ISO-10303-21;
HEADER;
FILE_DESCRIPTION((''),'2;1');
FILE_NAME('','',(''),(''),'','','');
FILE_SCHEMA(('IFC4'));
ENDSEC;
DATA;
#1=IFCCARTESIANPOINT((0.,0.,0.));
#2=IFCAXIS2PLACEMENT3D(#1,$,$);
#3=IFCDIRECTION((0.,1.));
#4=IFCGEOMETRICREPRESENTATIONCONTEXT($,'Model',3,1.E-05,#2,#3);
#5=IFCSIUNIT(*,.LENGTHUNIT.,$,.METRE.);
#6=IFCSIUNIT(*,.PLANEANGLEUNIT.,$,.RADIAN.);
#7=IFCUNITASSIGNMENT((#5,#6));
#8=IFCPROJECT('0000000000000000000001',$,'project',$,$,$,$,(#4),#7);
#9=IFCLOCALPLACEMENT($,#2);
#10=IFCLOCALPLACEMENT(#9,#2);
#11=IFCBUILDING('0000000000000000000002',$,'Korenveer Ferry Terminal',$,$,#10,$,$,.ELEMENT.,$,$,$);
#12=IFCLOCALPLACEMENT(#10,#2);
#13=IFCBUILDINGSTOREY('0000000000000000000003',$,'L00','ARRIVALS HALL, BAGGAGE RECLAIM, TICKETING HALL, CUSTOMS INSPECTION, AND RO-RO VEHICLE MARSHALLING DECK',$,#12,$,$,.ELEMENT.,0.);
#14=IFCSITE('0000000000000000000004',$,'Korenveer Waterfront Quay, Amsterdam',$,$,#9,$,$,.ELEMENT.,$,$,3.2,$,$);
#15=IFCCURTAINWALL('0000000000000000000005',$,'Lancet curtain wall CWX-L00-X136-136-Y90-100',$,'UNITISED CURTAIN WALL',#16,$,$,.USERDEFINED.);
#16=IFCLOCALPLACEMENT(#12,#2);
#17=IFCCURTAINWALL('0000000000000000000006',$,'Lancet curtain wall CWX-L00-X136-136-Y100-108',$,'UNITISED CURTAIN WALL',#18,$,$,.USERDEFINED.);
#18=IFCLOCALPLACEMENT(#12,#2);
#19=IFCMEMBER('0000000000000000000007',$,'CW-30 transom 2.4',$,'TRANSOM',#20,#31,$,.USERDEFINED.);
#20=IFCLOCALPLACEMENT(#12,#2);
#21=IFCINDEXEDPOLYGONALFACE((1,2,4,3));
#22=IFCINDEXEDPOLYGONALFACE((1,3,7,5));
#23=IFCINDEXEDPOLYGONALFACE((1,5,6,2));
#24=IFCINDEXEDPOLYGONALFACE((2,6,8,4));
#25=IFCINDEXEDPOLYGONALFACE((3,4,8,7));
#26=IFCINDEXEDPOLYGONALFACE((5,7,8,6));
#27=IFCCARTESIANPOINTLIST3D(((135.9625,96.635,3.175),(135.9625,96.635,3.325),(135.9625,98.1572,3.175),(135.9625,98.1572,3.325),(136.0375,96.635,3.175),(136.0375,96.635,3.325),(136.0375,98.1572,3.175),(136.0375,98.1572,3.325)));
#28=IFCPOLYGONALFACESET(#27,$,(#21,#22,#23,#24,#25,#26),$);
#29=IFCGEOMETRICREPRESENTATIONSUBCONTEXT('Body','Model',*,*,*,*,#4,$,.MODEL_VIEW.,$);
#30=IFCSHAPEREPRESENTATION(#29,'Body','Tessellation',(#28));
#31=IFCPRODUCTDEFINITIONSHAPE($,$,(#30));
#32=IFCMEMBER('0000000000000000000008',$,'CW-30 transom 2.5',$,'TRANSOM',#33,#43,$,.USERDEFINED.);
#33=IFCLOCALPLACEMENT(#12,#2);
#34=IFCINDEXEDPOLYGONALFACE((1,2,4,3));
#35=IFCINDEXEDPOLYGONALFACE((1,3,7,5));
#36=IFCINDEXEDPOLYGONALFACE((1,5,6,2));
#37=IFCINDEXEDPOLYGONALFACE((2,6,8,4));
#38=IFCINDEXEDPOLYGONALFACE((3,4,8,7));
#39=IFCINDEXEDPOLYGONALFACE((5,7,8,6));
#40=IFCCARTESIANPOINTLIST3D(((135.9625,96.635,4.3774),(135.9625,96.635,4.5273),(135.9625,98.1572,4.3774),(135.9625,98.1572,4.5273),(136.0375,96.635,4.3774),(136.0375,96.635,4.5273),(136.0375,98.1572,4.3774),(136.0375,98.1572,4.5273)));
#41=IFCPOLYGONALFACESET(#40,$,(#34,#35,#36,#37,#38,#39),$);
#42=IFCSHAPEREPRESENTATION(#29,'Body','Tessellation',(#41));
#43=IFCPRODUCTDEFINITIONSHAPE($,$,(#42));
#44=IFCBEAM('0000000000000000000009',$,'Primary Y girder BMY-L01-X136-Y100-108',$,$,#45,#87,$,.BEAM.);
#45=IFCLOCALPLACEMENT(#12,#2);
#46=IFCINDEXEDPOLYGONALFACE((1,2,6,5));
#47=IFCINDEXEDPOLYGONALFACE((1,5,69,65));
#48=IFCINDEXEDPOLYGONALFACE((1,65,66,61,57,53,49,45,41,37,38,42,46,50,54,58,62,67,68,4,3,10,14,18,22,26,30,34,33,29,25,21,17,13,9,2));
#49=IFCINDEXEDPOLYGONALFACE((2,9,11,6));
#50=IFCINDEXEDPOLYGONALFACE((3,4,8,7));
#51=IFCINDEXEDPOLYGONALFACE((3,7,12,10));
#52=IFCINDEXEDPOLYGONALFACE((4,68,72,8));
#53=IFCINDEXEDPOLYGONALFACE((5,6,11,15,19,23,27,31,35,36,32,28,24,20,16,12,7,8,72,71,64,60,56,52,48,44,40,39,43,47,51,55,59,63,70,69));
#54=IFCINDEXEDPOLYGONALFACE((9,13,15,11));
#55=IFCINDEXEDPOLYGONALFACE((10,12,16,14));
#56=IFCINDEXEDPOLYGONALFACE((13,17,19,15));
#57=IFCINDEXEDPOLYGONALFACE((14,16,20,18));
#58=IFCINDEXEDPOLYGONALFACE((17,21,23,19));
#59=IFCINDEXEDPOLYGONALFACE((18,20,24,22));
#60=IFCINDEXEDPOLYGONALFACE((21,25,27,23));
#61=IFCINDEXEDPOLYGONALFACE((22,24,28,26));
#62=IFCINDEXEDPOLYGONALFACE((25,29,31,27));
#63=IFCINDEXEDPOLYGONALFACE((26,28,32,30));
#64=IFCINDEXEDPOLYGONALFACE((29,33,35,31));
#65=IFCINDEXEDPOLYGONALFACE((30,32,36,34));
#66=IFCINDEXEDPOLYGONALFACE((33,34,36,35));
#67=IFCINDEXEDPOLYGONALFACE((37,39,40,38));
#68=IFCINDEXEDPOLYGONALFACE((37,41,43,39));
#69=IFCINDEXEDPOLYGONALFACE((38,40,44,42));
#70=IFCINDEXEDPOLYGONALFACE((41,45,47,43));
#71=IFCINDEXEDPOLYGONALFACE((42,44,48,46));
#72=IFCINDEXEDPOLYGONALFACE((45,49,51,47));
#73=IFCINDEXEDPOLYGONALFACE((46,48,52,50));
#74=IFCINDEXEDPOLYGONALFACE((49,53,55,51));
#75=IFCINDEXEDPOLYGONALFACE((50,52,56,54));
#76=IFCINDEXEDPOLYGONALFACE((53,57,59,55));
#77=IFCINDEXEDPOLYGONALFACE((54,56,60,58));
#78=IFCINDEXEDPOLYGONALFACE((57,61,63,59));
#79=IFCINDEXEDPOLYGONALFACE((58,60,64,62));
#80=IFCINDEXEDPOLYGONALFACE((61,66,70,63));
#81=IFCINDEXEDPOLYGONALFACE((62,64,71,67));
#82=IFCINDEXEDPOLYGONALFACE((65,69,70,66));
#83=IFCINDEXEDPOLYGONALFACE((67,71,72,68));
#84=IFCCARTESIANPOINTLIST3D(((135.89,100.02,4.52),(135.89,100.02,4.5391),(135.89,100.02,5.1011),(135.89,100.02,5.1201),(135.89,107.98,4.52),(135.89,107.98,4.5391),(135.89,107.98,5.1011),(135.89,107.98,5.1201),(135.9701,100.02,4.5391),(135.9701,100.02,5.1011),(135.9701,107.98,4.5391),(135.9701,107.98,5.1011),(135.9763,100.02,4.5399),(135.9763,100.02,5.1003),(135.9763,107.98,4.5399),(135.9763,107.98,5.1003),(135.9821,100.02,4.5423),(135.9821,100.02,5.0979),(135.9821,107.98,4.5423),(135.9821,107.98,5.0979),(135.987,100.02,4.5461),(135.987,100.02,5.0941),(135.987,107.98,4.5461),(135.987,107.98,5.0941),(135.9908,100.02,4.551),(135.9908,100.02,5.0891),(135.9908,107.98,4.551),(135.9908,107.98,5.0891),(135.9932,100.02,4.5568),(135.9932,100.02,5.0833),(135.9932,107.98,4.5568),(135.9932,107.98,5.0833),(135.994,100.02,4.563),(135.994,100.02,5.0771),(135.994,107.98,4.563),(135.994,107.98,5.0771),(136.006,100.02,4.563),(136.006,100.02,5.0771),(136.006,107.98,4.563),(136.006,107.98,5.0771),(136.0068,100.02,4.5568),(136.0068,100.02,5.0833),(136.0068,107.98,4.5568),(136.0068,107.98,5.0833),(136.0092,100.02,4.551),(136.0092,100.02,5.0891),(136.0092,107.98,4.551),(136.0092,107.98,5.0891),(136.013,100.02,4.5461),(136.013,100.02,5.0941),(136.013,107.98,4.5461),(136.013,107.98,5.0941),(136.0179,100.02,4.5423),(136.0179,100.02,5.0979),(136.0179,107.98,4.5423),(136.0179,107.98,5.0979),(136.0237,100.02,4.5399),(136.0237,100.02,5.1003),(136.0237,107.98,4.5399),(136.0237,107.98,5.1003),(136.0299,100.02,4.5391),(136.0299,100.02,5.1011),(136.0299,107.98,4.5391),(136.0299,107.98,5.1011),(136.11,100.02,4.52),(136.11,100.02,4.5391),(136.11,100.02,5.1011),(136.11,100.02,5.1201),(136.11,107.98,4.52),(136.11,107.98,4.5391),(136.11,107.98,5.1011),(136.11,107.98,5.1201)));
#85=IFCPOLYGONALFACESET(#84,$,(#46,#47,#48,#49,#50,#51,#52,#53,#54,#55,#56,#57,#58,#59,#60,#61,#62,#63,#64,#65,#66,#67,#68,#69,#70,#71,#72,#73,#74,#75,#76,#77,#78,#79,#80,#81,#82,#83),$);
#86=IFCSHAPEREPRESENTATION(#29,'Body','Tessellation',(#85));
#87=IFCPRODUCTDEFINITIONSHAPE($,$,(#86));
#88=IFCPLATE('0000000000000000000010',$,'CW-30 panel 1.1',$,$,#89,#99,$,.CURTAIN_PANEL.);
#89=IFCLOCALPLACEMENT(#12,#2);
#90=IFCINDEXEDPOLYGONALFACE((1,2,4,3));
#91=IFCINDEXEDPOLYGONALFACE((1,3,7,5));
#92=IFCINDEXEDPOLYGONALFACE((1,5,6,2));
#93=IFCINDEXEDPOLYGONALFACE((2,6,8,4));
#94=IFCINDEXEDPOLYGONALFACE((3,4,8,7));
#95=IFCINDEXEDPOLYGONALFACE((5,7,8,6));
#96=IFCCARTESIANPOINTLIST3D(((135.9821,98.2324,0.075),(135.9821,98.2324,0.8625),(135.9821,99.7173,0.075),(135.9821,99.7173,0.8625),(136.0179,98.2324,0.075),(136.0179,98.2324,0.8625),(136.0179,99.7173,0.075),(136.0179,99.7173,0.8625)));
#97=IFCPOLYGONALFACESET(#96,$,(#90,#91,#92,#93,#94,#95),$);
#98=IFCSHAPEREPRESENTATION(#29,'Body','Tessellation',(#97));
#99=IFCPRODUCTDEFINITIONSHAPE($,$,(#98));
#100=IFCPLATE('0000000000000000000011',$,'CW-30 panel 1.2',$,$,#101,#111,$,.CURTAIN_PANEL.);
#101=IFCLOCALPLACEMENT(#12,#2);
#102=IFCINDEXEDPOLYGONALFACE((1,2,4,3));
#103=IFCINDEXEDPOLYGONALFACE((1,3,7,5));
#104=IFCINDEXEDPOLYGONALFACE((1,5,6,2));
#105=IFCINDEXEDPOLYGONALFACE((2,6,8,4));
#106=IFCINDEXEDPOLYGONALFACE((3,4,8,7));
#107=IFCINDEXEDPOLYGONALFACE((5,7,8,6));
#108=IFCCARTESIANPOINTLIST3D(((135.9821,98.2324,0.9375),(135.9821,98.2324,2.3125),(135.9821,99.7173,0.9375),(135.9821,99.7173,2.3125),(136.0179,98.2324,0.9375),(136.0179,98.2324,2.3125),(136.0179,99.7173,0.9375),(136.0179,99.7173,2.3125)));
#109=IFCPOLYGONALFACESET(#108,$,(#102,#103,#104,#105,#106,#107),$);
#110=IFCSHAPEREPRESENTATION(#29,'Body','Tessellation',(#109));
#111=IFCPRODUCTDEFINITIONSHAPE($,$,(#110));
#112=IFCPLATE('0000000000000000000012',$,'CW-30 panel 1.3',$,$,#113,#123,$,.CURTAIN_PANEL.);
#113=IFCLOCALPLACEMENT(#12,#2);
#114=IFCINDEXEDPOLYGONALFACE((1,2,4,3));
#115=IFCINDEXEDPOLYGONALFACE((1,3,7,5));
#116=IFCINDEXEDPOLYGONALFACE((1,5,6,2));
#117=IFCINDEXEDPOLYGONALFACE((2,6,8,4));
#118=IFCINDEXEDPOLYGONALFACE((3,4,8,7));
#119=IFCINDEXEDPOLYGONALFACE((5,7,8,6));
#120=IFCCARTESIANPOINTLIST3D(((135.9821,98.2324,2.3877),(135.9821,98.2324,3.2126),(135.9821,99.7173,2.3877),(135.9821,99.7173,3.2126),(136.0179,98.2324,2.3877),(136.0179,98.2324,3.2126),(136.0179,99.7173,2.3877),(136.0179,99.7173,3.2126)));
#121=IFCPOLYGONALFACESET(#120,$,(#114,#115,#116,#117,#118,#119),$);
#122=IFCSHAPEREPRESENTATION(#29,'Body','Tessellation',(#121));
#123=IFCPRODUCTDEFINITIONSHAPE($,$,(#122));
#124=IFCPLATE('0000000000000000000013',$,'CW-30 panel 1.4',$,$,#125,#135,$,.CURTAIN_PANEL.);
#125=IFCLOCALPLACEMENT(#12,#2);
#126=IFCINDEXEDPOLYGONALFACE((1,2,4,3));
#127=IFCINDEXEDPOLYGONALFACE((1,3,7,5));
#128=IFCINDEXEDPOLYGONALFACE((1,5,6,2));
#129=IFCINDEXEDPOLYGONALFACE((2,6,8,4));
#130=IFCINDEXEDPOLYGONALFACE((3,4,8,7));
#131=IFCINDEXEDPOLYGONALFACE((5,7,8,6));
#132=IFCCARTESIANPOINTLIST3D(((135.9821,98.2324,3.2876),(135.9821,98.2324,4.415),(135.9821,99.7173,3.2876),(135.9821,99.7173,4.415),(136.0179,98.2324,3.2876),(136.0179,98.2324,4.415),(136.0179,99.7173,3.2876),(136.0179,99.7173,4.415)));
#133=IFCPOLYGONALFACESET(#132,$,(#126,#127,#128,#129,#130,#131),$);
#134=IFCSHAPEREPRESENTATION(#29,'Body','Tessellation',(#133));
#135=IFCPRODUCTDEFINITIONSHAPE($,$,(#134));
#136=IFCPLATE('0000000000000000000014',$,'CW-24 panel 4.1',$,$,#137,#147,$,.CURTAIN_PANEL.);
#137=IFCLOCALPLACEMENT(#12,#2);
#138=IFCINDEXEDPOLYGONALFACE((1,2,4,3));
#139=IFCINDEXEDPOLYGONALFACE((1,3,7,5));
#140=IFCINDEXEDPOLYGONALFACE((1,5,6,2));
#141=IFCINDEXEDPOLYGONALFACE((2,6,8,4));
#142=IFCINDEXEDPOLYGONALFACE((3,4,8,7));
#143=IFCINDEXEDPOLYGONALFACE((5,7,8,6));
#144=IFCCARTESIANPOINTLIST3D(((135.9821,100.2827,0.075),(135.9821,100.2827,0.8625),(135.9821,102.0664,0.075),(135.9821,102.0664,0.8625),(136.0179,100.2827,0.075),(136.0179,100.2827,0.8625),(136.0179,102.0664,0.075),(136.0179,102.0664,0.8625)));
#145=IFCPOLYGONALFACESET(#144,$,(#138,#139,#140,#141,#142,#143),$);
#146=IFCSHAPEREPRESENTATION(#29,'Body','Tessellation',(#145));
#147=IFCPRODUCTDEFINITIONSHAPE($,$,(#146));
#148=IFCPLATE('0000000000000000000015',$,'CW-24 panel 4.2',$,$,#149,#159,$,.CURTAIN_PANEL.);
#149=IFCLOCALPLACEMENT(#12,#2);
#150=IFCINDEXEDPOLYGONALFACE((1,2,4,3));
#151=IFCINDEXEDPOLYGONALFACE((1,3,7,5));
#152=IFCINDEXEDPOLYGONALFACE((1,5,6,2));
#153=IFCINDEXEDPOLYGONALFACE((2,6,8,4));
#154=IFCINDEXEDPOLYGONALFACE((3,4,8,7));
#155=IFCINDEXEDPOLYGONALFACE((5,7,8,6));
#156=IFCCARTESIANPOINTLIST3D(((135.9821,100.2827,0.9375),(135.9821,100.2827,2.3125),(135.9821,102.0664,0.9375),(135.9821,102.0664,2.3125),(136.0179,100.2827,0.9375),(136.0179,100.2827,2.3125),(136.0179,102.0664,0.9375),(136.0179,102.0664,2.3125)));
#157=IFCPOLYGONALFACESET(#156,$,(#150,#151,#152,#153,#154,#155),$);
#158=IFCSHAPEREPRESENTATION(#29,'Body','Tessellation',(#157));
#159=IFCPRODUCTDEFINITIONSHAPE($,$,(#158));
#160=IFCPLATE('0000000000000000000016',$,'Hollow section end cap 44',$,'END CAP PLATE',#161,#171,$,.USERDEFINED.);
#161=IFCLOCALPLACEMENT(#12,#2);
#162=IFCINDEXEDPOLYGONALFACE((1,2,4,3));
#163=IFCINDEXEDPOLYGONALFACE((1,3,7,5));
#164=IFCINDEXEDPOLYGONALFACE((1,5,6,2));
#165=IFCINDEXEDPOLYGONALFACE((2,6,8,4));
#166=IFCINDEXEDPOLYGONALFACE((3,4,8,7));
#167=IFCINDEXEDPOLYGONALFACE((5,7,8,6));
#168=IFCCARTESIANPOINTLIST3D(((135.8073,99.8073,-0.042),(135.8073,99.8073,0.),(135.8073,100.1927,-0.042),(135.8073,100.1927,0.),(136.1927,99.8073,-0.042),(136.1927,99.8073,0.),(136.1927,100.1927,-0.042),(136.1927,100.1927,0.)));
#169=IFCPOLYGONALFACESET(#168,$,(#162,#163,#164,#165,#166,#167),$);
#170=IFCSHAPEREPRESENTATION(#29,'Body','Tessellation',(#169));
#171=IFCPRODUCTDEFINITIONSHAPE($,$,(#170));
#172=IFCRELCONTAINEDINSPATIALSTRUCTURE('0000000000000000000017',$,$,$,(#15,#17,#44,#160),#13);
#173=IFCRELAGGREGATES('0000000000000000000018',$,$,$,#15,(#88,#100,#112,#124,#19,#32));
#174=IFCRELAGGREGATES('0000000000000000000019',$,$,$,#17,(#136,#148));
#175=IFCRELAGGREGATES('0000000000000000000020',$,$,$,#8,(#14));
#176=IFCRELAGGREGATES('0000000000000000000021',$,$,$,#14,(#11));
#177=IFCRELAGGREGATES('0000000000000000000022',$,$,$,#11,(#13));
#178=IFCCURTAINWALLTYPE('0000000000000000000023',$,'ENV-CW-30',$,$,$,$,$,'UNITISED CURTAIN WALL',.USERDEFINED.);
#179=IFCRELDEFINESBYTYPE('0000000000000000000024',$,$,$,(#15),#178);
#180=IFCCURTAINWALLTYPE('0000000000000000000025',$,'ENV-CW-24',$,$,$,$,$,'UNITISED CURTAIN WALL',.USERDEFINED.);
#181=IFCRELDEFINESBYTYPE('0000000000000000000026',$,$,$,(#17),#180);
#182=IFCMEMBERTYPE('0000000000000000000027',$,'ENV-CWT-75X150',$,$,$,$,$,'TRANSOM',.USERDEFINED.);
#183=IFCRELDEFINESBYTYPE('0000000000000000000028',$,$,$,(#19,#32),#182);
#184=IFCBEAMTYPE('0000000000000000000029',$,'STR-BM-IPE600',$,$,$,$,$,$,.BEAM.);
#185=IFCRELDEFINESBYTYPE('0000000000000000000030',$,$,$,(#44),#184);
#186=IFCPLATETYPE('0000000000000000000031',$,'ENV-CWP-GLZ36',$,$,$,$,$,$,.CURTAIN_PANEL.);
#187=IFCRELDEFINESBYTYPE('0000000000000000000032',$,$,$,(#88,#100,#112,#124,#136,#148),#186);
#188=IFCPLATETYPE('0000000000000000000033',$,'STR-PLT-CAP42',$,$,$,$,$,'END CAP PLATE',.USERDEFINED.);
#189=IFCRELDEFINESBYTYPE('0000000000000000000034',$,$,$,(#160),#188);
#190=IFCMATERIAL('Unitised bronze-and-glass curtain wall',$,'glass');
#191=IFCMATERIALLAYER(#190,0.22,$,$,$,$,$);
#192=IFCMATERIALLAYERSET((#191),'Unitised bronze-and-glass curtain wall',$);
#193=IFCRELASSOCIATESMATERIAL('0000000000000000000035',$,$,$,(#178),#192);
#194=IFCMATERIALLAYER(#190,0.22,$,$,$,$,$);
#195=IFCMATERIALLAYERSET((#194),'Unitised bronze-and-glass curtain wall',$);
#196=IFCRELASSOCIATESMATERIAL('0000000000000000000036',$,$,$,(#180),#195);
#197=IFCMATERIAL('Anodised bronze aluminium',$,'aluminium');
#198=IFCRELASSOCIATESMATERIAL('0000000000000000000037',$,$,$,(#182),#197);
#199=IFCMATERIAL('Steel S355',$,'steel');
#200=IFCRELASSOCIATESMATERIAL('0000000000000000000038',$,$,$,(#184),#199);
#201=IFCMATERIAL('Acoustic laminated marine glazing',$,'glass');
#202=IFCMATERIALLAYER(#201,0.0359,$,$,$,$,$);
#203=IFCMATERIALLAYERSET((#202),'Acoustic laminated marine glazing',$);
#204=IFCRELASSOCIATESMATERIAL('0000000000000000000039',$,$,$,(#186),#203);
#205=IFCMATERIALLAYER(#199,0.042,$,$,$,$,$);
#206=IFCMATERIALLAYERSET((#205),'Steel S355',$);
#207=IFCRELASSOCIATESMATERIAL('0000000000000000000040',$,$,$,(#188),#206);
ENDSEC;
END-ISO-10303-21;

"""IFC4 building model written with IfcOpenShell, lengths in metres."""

from ifc_helpers import new_model, si_unit, direction, frame, origin, origin_2d, place, context, subcontext, project, spatial, rectangle, i_section, extrude, material, layer, layer_set, material_profile, profile_set, type_object, element, aggregate, save


model = new_model("IFC4")

# Units and contexts
model_context = context("Model", 3, precision=1e-05, world=origin(), true_north=direction((0.0, 1.0)))
body_context = subcontext(model_context, "Body", "Model", "MODEL_VIEW")
ifc_project = project(units=[si_unit("LENGTHUNIT", "METRE"), si_unit("PLANEANGLEUNIT", "RADIAN")], contexts=[model_context])

# Site, building, storey
site_placement = place(None, origin())
site = spatial("IfcSite", under=ifc_project, at=site_placement, Name="Korenveer Waterfront Quay, Amsterdam", CompositionType="ELEMENT", RefElevation=3.2)
building_placement = place(site_placement, origin())
building = spatial("IfcBuilding", under=site, at=building_placement, Name="Korenveer Ferry Terminal", CompositionType="ELEMENT")
storey_placement = place(building_placement, origin())
storey = spatial("IfcBuildingStorey", under=building, at=storey_placement, Name="L00", Description="ARRIVALS HALL, BAGGAGE RECLAIM, TICKETING HALL, CUSTOMS INSPECTION, AND RO-RO VEHICLE MARSHALLING DECK", CompositionType="ELEMENT", Elevation=0.0)

# Shared definitions
ifc_material_1 = material(Name="Steel S355", Category="steel")

# Curtain wall
ifc_material_2 = material(Name="Unitised bronze-and-glass curtain wall", Category="glass")
ifc_layer_1 = layer(ifc_material_2, 0.22)
ifc_layer_set_1 = layer_set([ifc_layer_1], Name="Unitised bronze-and-glass curtain wall")
curtain_wall_type_1 = type_object("IfcCurtainWallType", Name="ENV-CW-30", ElementType="UNITISED CURTAIN WALL", PredefinedType="USERDEFINED", material=ifc_layer_set_1)
curtain_wall_1_placement = place(storey_placement, frame((136.0, 99.7922, 0.0)))
curtain_wall_1 = element("IfcCurtainWall", 1, at=curtain_wall_1_placement, inside=storey, type_object=curtain_wall_type_1, Name="Lancet curtain wall CWX-L00-X136-136-Y90-100", ObjectType="UNITISED CURTAIN WALL", PredefinedType="USERDEFINED")
ifc_material_3 = material(Name="Anodised bronze aluminium", Category="aluminium")

# Curtain wall
ifc_layer_2 = layer(ifc_material_2, 0.22)
ifc_layer_set_2 = layer_set([ifc_layer_2], Name="Unitised bronze-and-glass curtain wall")
curtain_wall_type_2 = type_object("IfcCurtainWallType", Name="ENV-CW-24", ElementType="UNITISED CURTAIN WALL", PredefinedType="USERDEFINED", material=ifc_layer_set_2)
curtain_wall_2_placement = place(storey_placement, frame((136.0, 107.7922, 0.0)))
curtain_wall_2 = element("IfcCurtainWall", 2, at=curtain_wall_2_placement, inside=storey, type_object=curtain_wall_type_2, Name="Lancet curtain wall CWX-L00-X136-136-Y100-108", ObjectType="UNITISED CURTAIN WALL", PredefinedType="USERDEFINED")

# Members
ifc_material_profile_1 = material_profile(ifc_material_3, rectangle(XDim=0.075, YDim=0.1499, at=origin_2d()), Name="ALU 75x150")
ifc_profile_set_1 = profile_set([ifc_material_profile_1], Name="Anodised bronze aluminium")
member_type_1 = type_object("IfcMemberType", Name="ENV-CWT-75X150", ElementType="TRANSOM", PredefinedType="USERDEFINED", material=ifc_profile_set_1)
member_1_placement = place(storey_placement, frame((136.0, 98.1572, 3.25), z_axis=(0.0, -1.0, 0.0), x_axis=(1.0, 0.0, 0.0)))
member_1 = element("IfcMember", 3, at=member_1_placement, type_object=member_type_1, Name="CW-30 transom 2.4", ObjectType="TRANSOM", PredefinedType="USERDEFINED", context=body_context, shape_type="SweptSolid", body=[
    extrude(rectangle(XDim=0.075, YDim=0.1499, at=origin_2d()), origin(), (0.0, 0.0, 1.0), 1.5222),
])
member_2_placement = place(storey_placement, frame((136.0, 98.1572, 4.4524), z_axis=(0.0, -1.0, 0.0), x_axis=(1.0, 0.0, 0.0)))
member_2 = element("IfcMember", 4, at=member_2_placement, type_object=member_type_1, Name="CW-30 transom 2.5", ObjectType="TRANSOM", PredefinedType="USERDEFINED", context=body_context, shape_type="SweptSolid", body=[
    extrude(rectangle(XDim=0.075, YDim=0.1499, at=origin_2d()), origin(), (0.0, 0.0, 1.0), 1.5222),
])

# Beam
ifc_material_profile_2 = material_profile(ifc_material_1, i_section(OverallWidth=0.22, OverallDepth=0.6001, WebThickness=0.012, FlangeThickness=0.019, FilletRadius=0.0239, at=origin_2d()), Name="IPE 600")
ifc_profile_set_2 = profile_set([ifc_material_profile_2], Name="Steel S355")
beam_type = type_object("IfcBeamType", Name="STR-BM-IPE600", PredefinedType="BEAM", material=ifc_profile_set_2)
beam_placement = place(storey_placement, frame((136.0, 100.02, 4.8201), z_axis=(0.0, 1.0, 0.0), x_axis=(-1.0, 0.0, 0.0)))
element("IfcBeam", 5, at=beam_placement, inside=storey, type_object=beam_type, Name="Primary Y girder BMY-L01-X136-Y100-108", PredefinedType="BEAM", context=body_context, shape_type="SweptSolid", body=[
    extrude(i_section(OverallWidth=0.22, OverallDepth=0.6001, WebThickness=0.012, FlangeThickness=0.019, FilletRadius=0.0239, at=origin_2d()), origin(), (0.0, 0.0, 1.0), 7.96),
])

# Plates
ifc_material_4 = material(Name="Acoustic laminated marine glazing", Category="glass")
ifc_layer_3 = layer(ifc_material_4, 0.0359)
ifc_layer_set_3 = layer_set([ifc_layer_3], Name="Acoustic laminated marine glazing")
plate_type_1 = type_object("IfcPlateType", Name="ENV-CWP-GLZ36", PredefinedType="CURTAIN_PANEL", material=ifc_layer_set_3)
plate_1_placement = place(storey_placement, frame((136.0, 98.9749, 0.075), z_axis=(0.0, 0.0, 1.0), x_axis=(0.0, -1.0, 0.0)))
plate_1 = element("IfcPlate", 6, at=plate_1_placement, type_object=plate_type_1, Name="CW-30 panel 1.1", PredefinedType="CURTAIN_PANEL", context=body_context, shape_type="SweptSolid", body=[
    extrude(rectangle(XDim=1.4849, YDim=0.0359, at=origin_2d()), origin(), (0.0, 0.0, 1.0), 0.7876),
])
plate_2_placement = place(storey_placement, frame((136.0, 98.9749, 0.9375), z_axis=(0.0, 0.0, 1.0), x_axis=(0.0, -1.0, 0.0)))
plate_2 = element("IfcPlate", 7, at=plate_2_placement, type_object=plate_type_1, Name="CW-30 panel 1.2", PredefinedType="CURTAIN_PANEL", context=body_context, shape_type="SweptSolid", body=[
    extrude(rectangle(XDim=1.4849, YDim=0.0359, at=origin_2d()), origin(), (0.0, 0.0, 1.0), 1.375),
])
plate_3_placement = place(storey_placement, frame((136.0, 98.9749, 2.3877), z_axis=(0.0, 0.0, 1.0), x_axis=(0.0, -1.0, 0.0)))
plate_3 = element("IfcPlate", 8, at=plate_3_placement, type_object=plate_type_1, Name="CW-30 panel 1.3", PredefinedType="CURTAIN_PANEL", context=body_context, shape_type="SweptSolid", body=[
    extrude(rectangle(XDim=1.4849, YDim=0.0359, at=origin_2d()), origin(), (0.0, 0.0, 1.0), 0.825),
])
plate_4_placement = place(storey_placement, frame((136.0, 98.9749, 3.2876), z_axis=(0.0, 0.0, 1.0), x_axis=(0.0, -1.0, 0.0)))
plate_4 = element("IfcPlate", 9, at=plate_4_placement, type_object=plate_type_1, Name="CW-30 panel 1.4", PredefinedType="CURTAIN_PANEL", context=body_context, shape_type="SweptSolid", body=[
    extrude(rectangle(XDim=1.4849, YDim=0.0359, at=origin_2d()), origin(), (0.0, 0.0, 1.0), 1.1274),
])
aggregate(curtain_wall_1, [plate_1, plate_2, plate_3, plate_4, member_1, member_2])
plate_5_placement = place(storey_placement, frame((136.0, 101.1746, 0.075), z_axis=(0.0, 0.0, 1.0), x_axis=(0.0, -1.0, 0.0)))
plate_5 = element("IfcPlate", 10, at=plate_5_placement, type_object=plate_type_1, Name="CW-24 panel 4.1", PredefinedType="CURTAIN_PANEL", context=body_context, shape_type="SweptSolid", body=[
    extrude(rectangle(XDim=1.7837, YDim=0.0359, at=origin_2d()), origin(), (0.0, 0.0, 1.0), 0.7876),
])
plate_6_placement = place(storey_placement, frame((136.0, 101.1746, 0.9375), z_axis=(0.0, 0.0, 1.0), x_axis=(0.0, -1.0, 0.0)))
plate_6 = element("IfcPlate", 11, at=plate_6_placement, type_object=plate_type_1, Name="CW-24 panel 4.2", PredefinedType="CURTAIN_PANEL", context=body_context, shape_type="SweptSolid", body=[
    extrude(rectangle(XDim=1.7837, YDim=0.0359, at=origin_2d()), origin(), (0.0, 0.0, 1.0), 1.375),
])
aggregate(curtain_wall_2, [plate_5, plate_6])
ifc_layer_4 = layer(ifc_material_1, 0.042)
ifc_layer_set_4 = layer_set([ifc_layer_4], Name="Steel S355")
plate_type_2 = type_object("IfcPlateType", Name="STR-PLT-CAP42", ElementType="END CAP PLATE", PredefinedType="USERDEFINED", material=ifc_layer_set_4)
plate_7_placement = place(storey_placement, frame((136.0, 100.0, -0.042), z_axis=(0.0, 0.0, 1.0), x_axis=(1.0, 0.0, 0.0)))
element("IfcPlate", 12, at=plate_7_placement, inside=storey, type_object=plate_type_2, Name="Hollow section end cap 44", ObjectType="END CAP PLATE", PredefinedType="USERDEFINED", context=body_context, shape_type="SweptSolid", body=[
    extrude(rectangle(XDim=0.3855, YDim=0.3855, at=origin_2d()), origin(), (0.0, 0.0, 1.0), 0.042),
])

save(model, "model.ifc")
